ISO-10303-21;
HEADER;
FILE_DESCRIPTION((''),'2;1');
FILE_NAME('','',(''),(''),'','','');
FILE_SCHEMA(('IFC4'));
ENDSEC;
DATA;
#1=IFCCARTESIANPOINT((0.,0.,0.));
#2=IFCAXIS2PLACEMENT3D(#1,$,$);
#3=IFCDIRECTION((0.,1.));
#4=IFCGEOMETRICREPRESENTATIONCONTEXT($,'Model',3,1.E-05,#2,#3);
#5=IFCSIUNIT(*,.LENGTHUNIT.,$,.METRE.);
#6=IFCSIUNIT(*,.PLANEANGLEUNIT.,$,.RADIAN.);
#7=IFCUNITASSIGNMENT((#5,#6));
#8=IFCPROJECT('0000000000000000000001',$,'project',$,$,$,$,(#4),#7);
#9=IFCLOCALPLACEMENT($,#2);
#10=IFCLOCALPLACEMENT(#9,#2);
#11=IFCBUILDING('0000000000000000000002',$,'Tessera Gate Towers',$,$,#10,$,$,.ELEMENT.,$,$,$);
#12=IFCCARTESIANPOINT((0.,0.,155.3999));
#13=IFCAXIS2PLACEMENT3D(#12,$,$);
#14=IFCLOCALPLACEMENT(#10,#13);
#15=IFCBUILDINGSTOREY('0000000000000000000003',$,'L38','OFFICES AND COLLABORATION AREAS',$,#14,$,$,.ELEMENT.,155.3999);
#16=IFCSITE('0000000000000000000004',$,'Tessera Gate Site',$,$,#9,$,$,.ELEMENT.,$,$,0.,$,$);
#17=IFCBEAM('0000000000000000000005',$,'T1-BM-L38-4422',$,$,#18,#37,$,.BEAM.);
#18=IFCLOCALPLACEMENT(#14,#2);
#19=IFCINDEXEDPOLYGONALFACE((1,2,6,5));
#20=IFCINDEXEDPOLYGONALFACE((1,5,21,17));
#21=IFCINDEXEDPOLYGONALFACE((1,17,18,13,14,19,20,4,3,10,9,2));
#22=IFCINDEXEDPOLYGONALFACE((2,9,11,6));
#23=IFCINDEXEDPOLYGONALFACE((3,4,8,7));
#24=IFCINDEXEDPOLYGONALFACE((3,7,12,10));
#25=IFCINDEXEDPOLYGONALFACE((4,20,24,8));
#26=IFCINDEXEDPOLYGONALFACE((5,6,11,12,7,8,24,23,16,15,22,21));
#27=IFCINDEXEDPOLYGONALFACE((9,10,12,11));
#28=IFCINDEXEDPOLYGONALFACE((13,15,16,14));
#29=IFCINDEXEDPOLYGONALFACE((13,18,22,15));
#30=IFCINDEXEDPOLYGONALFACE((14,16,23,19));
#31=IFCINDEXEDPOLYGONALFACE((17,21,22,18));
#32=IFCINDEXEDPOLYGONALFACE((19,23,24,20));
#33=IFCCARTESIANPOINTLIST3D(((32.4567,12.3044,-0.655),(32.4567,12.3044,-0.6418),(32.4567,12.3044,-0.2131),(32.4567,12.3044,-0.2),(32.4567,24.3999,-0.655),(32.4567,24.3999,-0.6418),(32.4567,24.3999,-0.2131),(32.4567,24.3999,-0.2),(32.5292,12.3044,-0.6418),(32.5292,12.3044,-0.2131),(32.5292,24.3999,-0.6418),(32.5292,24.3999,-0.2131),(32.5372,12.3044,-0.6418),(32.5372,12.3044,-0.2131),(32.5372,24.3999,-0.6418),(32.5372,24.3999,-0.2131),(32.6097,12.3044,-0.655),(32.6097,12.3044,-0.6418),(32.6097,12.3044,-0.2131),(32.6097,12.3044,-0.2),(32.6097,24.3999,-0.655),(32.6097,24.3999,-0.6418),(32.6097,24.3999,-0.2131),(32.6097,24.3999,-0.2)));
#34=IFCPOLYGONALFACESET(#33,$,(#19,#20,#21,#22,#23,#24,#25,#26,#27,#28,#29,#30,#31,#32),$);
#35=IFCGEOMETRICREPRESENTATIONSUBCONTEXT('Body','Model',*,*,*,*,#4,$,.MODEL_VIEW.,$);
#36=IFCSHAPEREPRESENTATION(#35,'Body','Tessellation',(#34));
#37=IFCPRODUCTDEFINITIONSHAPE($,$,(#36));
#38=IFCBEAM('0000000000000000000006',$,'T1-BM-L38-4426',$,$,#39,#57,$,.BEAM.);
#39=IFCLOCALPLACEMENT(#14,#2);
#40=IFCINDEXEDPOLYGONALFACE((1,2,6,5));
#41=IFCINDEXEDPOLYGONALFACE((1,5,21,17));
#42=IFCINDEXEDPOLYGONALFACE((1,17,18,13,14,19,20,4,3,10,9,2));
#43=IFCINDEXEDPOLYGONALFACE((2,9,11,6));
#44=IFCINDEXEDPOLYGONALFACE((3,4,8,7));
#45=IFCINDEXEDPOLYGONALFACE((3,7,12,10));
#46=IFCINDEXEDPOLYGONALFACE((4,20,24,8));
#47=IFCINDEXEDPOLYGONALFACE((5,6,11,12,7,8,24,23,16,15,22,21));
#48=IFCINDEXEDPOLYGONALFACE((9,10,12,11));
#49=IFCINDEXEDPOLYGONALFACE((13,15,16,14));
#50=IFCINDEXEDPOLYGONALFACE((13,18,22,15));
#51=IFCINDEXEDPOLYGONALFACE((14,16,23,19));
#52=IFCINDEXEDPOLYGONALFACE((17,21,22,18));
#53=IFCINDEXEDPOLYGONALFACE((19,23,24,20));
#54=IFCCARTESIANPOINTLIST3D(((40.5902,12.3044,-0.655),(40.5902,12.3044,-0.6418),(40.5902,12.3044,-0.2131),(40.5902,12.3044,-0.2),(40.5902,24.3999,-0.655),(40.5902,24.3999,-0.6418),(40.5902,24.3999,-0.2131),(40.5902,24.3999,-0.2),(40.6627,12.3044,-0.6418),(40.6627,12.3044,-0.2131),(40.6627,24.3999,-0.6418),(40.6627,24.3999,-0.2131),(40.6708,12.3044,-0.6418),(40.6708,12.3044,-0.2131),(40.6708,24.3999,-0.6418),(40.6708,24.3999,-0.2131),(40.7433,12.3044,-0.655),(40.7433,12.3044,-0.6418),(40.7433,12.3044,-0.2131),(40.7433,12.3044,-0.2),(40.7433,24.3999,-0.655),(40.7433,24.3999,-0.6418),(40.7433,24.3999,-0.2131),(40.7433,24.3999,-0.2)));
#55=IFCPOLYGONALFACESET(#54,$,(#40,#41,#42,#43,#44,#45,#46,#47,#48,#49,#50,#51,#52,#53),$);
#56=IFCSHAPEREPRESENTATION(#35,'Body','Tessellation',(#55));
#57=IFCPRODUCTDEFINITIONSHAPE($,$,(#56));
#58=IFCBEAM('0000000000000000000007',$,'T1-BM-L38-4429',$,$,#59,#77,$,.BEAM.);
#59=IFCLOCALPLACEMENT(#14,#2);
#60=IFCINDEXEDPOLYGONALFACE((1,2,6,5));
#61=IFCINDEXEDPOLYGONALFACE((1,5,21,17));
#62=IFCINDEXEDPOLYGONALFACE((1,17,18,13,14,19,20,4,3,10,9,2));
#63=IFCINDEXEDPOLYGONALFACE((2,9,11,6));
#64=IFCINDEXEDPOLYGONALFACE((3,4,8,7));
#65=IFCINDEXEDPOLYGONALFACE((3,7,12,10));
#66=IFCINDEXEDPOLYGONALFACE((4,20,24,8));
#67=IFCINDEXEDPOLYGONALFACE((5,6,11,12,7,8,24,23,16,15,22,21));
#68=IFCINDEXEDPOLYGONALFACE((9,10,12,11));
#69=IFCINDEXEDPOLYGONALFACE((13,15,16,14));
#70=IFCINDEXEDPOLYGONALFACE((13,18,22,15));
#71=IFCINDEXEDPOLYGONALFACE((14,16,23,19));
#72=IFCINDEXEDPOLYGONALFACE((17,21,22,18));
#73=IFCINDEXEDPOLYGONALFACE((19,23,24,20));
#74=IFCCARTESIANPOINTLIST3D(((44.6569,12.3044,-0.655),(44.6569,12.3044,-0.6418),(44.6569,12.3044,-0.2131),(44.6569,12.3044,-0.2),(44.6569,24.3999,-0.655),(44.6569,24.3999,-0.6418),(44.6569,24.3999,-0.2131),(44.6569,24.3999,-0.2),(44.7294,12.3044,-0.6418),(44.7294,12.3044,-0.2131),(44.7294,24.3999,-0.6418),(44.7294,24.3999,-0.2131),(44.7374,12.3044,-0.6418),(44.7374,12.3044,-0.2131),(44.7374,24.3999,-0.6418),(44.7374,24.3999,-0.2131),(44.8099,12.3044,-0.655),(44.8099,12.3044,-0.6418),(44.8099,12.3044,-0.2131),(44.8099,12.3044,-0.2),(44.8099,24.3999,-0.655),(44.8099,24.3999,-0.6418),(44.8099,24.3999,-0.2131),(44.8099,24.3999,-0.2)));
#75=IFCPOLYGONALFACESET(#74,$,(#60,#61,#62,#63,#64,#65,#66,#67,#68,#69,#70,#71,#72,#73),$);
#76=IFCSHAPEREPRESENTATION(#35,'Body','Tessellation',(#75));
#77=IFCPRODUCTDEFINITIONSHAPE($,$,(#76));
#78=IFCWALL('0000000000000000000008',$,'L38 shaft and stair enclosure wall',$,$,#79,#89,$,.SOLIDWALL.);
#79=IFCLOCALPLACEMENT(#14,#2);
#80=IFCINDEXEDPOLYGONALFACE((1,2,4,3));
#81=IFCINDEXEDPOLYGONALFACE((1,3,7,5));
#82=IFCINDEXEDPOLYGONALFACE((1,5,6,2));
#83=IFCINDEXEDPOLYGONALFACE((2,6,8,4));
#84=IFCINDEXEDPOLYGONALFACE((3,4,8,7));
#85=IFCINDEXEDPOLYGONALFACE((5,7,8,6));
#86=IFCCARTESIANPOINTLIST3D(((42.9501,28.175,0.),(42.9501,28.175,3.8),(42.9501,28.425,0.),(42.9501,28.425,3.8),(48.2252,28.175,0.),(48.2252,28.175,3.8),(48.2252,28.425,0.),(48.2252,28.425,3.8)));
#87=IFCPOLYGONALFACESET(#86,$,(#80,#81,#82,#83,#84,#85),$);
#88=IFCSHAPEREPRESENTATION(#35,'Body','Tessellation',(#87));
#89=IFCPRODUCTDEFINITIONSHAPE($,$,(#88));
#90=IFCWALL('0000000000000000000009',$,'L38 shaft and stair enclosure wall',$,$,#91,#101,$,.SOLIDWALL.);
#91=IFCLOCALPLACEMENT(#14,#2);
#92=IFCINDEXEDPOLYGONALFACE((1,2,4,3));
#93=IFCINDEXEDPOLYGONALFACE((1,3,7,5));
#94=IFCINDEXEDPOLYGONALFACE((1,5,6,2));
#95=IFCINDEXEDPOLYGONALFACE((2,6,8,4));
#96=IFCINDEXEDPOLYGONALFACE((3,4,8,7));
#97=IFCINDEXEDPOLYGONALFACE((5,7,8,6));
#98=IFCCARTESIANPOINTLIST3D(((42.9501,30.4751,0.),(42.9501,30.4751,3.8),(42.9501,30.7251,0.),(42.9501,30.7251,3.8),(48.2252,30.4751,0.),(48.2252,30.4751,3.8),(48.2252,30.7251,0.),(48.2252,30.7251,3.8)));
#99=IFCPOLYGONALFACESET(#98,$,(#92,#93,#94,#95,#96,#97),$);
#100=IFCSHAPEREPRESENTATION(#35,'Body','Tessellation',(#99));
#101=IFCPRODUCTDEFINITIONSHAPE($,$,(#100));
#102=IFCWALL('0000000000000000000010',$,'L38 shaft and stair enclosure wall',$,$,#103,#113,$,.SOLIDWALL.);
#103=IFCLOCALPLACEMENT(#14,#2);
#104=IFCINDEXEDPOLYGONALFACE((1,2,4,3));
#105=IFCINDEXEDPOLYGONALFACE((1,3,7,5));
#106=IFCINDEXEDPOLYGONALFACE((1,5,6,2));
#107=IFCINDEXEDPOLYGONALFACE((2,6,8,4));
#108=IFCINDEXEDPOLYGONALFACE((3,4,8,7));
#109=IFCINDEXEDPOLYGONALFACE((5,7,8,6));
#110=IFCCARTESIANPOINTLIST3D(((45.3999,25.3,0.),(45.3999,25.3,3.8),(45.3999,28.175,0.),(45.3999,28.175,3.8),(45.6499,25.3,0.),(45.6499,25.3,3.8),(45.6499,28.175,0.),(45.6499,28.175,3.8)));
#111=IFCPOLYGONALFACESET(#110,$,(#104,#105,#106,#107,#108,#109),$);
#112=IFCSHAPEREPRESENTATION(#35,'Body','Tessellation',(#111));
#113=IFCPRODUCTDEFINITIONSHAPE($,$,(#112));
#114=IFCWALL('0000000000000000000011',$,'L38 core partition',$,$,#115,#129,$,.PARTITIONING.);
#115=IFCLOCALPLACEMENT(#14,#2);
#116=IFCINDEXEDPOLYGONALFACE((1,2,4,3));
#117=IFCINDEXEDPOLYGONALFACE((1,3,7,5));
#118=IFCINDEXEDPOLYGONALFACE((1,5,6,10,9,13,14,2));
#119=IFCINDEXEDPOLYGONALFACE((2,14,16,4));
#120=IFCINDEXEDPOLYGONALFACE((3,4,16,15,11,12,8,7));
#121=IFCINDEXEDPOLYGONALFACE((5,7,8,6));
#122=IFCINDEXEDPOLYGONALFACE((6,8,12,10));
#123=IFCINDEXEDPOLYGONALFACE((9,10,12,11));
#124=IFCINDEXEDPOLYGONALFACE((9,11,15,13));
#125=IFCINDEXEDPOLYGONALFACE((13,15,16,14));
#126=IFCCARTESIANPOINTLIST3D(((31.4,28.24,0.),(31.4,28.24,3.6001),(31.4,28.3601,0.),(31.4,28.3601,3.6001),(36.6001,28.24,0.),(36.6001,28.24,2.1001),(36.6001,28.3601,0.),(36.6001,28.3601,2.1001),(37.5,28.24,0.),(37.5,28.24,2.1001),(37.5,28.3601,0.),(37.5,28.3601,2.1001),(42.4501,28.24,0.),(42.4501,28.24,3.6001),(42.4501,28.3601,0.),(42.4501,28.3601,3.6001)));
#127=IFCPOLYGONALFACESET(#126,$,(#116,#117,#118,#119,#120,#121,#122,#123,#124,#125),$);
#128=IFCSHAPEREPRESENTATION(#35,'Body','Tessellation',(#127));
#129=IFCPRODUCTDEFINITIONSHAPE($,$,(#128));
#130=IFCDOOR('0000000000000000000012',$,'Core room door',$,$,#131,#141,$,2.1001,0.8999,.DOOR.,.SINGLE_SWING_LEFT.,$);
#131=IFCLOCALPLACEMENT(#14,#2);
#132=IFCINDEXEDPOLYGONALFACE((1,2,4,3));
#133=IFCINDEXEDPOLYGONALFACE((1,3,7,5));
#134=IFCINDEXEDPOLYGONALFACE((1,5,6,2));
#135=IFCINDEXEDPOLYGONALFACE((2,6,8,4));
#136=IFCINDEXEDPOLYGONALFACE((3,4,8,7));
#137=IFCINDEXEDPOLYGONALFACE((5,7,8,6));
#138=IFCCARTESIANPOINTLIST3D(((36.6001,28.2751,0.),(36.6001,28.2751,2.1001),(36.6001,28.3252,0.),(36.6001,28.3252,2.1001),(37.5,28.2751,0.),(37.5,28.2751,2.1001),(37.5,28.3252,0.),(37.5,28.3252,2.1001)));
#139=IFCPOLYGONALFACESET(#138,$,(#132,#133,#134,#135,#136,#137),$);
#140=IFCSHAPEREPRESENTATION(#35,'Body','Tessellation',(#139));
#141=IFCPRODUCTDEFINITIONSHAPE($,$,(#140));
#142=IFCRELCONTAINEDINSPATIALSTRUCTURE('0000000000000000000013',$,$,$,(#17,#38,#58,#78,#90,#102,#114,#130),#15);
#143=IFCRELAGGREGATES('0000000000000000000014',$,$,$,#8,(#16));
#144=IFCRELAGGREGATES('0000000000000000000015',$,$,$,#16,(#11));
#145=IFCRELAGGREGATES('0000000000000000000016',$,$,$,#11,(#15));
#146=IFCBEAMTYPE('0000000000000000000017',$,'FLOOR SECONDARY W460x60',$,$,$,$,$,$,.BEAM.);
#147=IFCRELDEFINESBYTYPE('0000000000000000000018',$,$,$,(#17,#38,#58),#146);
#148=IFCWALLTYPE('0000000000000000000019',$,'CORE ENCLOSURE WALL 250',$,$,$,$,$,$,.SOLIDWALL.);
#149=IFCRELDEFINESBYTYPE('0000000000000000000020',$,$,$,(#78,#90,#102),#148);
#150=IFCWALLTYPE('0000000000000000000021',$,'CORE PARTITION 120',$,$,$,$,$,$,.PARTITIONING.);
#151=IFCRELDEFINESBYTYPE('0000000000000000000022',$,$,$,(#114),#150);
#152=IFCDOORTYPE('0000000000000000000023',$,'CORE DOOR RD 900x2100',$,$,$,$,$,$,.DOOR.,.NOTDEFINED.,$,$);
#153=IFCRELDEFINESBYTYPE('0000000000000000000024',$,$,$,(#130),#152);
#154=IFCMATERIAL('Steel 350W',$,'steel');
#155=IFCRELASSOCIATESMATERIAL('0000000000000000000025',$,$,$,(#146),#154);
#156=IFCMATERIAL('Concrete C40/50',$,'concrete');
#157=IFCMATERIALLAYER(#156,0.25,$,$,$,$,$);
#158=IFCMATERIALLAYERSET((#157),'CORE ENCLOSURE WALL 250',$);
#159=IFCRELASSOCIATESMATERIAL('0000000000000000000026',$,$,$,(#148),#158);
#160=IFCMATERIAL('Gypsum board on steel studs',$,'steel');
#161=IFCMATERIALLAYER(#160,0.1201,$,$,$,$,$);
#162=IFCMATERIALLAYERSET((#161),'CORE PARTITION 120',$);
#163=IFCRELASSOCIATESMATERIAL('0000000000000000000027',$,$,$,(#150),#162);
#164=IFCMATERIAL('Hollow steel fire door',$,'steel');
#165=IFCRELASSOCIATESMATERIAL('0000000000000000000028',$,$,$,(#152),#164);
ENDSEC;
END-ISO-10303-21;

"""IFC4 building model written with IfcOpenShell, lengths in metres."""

from ifc_helpers import new_model, si_unit, direction, frame, frame_2d, origin, origin_2d, place, context, subcontext, project, spatial, rectangle, i_section, extrude, source, transform, mapped, material, layer, layer_set, material_profile, profile_set, type_object, element, fill, save


model = new_model("IFC4")

# Units and contexts
model_context = context("Model", 3, precision=1e-05, world=origin(), true_north=direction((0.0, 1.0)))
body_context = subcontext(model_context, "Body", "Model", "MODEL_VIEW")
ifc_project = project(units=[si_unit("LENGTHUNIT", "METRE"), si_unit("PLANEANGLEUNIT", "RADIAN")], contexts=[model_context])

# Site, building, storey
site_placement = place(None, origin())
site = spatial("IfcSite", under=ifc_project, at=site_placement, Name="Tessera Gate Site", CompositionType="ELEMENT", RefElevation=0.0)
building_placement = place(site_placement, origin())
building = spatial("IfcBuilding", under=site, at=building_placement, Name="Tessera Gate Towers", CompositionType="ELEMENT")
storey_placement = place(building_placement, frame((0.0, 0.0, 155.3999)))
storey = spatial("IfcBuildingStorey", under=building, at=storey_placement, Name="L38", Description="OFFICES AND COLLABORATION AREAS", CompositionType="ELEMENT", Elevation=155.3999)

# Beams
ifc_material_1 = material(Name="Steel 350W", Category="steel")
ifc_material_profile = material_profile(ifc_material_1, i_section(OverallWidth=0.1531, OverallDepth=0.4551, WebThickness=0.0081, FlangeThickness=0.0132, at=origin_2d()), Name="W460x60")
ifc_profile_set = profile_set([ifc_material_profile], Name="Steel 350W")
beam_type = type_object("IfcBeamType", Name="FLOOR SECONDARY W460x60", PredefinedType="BEAM", material=ifc_profile_set)
for number, where, z_axis, x_axis, name in (
    (1, (32.5332, 12.3044, -0.4275), (0.0, 1.0, 0.0), (-1.0, 0.0, 0.0), "T1-BM-L38-4422"),
    (2, (40.6667, 12.3044, -0.4275), (0.0, 1.0, 0.0), (-1.0, 0.0, 0.0), "T1-BM-L38-4426"),
    (3, (44.7334, 12.3044, -0.4275), (0.0, 1.0, 0.0), (-1.0, 0.0, 0.0), "T1-BM-L38-4429"),
):
    element("IfcBeam", number, at=place(storey_placement, frame(where, z_axis=z_axis, x_axis=x_axis)), inside=storey, type_object=beam_type, Name=name, PredefinedType="BEAM", context=body_context, shape_type="SweptSolid", body=[
        extrude(i_section(OverallWidth=0.1531, OverallDepth=0.4551, WebThickness=0.0081, FlangeThickness=0.0132, at=origin_2d()), origin(), (0.0, 0.0, 1.0), 12.0955),
    ])

# Walls
ifc_material_2 = material(Name="Concrete C40/50", Category="concrete")
ifc_layer_1 = layer(ifc_material_2, 0.25)
ifc_layer_set_1 = layer_set([ifc_layer_1], Name="CORE ENCLOSURE WALL 250")
wall_type_1 = type_object("IfcWallType", Name="CORE ENCLOSURE WALL 250", PredefinedType="SOLIDWALL", material=ifc_layer_set_1)
for number, where, z_axis, x_axis, name in (
    (4, (42.95, 28.3, 0.0), (0.0, 0.0, 1.0), (1.0, 0.0, 0.0), "L38 shaft and stair enclosure wall"),
    (5, (42.95, 30.6001, 0.0), (0.0, 0.0, 1.0), (1.0, 0.0, 0.0), "L38 shaft and stair enclosure wall"),
):
    element("IfcWall", number, at=place(storey_placement, frame(where, z_axis=z_axis, x_axis=x_axis)), inside=storey, type_object=wall_type_1, Name=name, PredefinedType="SOLIDWALL", context=body_context, shape_type="SweptSolid", body=[
        extrude(rectangle(XDim=5.2751, YDim=0.25, at=frame_2d((2.6377, 0.0))), origin(), (0.0, 0.0, 1.0), 3.8),
    ])
wall_1_placement = place(storey_placement, frame((45.5249, 25.3, 0.0), z_axis=(0.0, 0.0, 1.0), x_axis=(0.0, 1.0, 0.0)))
element("IfcWall", 6, at=wall_1_placement, inside=storey, type_object=wall_type_1, Name="L38 shaft and stair enclosure wall", PredefinedType="SOLIDWALL", context=body_context, shape_type="SweptSolid", body=[
    extrude(rectangle(XDim=2.875, YDim=0.25, at=frame_2d((1.4375, 0.0))), origin(), (0.0, 0.0, 1.0), 3.8),
])

# Wall, opening, door
ifc_material_3 = material(Name="Gypsum board on steel studs", Category="steel")
ifc_layer_2 = layer(ifc_material_3, 0.1201)
ifc_layer_set_2 = layer_set([ifc_layer_2], Name="CORE PARTITION 120")
wall_type_2 = type_object("IfcWallType", Name="CORE PARTITION 120", PredefinedType="PARTITIONING", material=ifc_layer_set_2)
wall_2_placement = place(storey_placement, frame((42.45, 28.3, 0.0), z_axis=(0.0, 0.0, 1.0), x_axis=(-1.0, 0.0, 0.0)))
wall_2 = element("IfcWall", 7, at=wall_2_placement, inside=storey, type_object=wall_type_2, Name="L38 core partition", PredefinedType="PARTITIONING", context=body_context, shape_type="SweptSolid", body=[
    extrude(rectangle(XDim=11.05, YDim=0.1201, at=frame_2d((5.5249, 0.0))), origin(), (0.0, 0.0, 1.0), 3.6001),
])
shared_shape_1 = source(origin(), body_context, "Body", "SweptSolid", [
    extrude(rectangle(XDim=0.8999, YDim=2.1001, at=frame_2d((0.45, 1.05))), frame((0.0, 0.0701, 0.0), z_axis=(0.0, -1.0, 0.0), x_axis=(1.0, 0.0, 0.0)), (0.0, 0.0, 1.0), 0.1401),
])
opening_1_placement = place(wall_2_placement, frame((4.95, 0.0, 0.0)))
opening_1 = element("IfcOpeningElement", 8, at=opening_1_placement, cuts=wall_2, PredefinedType="OPENING", context=body_context, shape_type="MappedRepresentation", body=[
    mapped(shared_shape_1, transform((0.0, 0.0, 0.0), scale=1.0)),
])
ifc_material_4 = material(Name="Hollow steel fire door", Category="steel")
door_type_1 = type_object("IfcDoorType", Name="CORE DOOR RD 900x2100", OperationType="NOTDEFINED", PredefinedType="DOOR", material=ifc_material_4)
shared_shape_2 = source(origin(), body_context, "Body", "SweptSolid", [
    extrude(rectangle(XDim=0.8999, YDim=2.1001, at=frame_2d((0.45, 1.05))), frame((0.0, 0.0249, 0.0), z_axis=(0.0, -1.0, 0.0), x_axis=(1.0, 0.0, 0.0)), (0.0, 0.0, 1.0), 0.05),
])
door_1_placement = place(opening_1_placement, origin())
door_1 = element("IfcDoor", 9, at=door_1_placement, inside=storey, type_object=door_type_1, Name="Core room door", OperationType="SINGLE_SWING_LEFT", OverallHeight=2.1001, OverallWidth=0.8999, PredefinedType="DOOR", context=body_context, shape_type="MappedRepresentation", body=[
    mapped(shared_shape_2, transform((0.0, 0.0, 0.0), scale=1.0)),
])
fill(opening_1, door_1)

save(model, "model.ifc")
